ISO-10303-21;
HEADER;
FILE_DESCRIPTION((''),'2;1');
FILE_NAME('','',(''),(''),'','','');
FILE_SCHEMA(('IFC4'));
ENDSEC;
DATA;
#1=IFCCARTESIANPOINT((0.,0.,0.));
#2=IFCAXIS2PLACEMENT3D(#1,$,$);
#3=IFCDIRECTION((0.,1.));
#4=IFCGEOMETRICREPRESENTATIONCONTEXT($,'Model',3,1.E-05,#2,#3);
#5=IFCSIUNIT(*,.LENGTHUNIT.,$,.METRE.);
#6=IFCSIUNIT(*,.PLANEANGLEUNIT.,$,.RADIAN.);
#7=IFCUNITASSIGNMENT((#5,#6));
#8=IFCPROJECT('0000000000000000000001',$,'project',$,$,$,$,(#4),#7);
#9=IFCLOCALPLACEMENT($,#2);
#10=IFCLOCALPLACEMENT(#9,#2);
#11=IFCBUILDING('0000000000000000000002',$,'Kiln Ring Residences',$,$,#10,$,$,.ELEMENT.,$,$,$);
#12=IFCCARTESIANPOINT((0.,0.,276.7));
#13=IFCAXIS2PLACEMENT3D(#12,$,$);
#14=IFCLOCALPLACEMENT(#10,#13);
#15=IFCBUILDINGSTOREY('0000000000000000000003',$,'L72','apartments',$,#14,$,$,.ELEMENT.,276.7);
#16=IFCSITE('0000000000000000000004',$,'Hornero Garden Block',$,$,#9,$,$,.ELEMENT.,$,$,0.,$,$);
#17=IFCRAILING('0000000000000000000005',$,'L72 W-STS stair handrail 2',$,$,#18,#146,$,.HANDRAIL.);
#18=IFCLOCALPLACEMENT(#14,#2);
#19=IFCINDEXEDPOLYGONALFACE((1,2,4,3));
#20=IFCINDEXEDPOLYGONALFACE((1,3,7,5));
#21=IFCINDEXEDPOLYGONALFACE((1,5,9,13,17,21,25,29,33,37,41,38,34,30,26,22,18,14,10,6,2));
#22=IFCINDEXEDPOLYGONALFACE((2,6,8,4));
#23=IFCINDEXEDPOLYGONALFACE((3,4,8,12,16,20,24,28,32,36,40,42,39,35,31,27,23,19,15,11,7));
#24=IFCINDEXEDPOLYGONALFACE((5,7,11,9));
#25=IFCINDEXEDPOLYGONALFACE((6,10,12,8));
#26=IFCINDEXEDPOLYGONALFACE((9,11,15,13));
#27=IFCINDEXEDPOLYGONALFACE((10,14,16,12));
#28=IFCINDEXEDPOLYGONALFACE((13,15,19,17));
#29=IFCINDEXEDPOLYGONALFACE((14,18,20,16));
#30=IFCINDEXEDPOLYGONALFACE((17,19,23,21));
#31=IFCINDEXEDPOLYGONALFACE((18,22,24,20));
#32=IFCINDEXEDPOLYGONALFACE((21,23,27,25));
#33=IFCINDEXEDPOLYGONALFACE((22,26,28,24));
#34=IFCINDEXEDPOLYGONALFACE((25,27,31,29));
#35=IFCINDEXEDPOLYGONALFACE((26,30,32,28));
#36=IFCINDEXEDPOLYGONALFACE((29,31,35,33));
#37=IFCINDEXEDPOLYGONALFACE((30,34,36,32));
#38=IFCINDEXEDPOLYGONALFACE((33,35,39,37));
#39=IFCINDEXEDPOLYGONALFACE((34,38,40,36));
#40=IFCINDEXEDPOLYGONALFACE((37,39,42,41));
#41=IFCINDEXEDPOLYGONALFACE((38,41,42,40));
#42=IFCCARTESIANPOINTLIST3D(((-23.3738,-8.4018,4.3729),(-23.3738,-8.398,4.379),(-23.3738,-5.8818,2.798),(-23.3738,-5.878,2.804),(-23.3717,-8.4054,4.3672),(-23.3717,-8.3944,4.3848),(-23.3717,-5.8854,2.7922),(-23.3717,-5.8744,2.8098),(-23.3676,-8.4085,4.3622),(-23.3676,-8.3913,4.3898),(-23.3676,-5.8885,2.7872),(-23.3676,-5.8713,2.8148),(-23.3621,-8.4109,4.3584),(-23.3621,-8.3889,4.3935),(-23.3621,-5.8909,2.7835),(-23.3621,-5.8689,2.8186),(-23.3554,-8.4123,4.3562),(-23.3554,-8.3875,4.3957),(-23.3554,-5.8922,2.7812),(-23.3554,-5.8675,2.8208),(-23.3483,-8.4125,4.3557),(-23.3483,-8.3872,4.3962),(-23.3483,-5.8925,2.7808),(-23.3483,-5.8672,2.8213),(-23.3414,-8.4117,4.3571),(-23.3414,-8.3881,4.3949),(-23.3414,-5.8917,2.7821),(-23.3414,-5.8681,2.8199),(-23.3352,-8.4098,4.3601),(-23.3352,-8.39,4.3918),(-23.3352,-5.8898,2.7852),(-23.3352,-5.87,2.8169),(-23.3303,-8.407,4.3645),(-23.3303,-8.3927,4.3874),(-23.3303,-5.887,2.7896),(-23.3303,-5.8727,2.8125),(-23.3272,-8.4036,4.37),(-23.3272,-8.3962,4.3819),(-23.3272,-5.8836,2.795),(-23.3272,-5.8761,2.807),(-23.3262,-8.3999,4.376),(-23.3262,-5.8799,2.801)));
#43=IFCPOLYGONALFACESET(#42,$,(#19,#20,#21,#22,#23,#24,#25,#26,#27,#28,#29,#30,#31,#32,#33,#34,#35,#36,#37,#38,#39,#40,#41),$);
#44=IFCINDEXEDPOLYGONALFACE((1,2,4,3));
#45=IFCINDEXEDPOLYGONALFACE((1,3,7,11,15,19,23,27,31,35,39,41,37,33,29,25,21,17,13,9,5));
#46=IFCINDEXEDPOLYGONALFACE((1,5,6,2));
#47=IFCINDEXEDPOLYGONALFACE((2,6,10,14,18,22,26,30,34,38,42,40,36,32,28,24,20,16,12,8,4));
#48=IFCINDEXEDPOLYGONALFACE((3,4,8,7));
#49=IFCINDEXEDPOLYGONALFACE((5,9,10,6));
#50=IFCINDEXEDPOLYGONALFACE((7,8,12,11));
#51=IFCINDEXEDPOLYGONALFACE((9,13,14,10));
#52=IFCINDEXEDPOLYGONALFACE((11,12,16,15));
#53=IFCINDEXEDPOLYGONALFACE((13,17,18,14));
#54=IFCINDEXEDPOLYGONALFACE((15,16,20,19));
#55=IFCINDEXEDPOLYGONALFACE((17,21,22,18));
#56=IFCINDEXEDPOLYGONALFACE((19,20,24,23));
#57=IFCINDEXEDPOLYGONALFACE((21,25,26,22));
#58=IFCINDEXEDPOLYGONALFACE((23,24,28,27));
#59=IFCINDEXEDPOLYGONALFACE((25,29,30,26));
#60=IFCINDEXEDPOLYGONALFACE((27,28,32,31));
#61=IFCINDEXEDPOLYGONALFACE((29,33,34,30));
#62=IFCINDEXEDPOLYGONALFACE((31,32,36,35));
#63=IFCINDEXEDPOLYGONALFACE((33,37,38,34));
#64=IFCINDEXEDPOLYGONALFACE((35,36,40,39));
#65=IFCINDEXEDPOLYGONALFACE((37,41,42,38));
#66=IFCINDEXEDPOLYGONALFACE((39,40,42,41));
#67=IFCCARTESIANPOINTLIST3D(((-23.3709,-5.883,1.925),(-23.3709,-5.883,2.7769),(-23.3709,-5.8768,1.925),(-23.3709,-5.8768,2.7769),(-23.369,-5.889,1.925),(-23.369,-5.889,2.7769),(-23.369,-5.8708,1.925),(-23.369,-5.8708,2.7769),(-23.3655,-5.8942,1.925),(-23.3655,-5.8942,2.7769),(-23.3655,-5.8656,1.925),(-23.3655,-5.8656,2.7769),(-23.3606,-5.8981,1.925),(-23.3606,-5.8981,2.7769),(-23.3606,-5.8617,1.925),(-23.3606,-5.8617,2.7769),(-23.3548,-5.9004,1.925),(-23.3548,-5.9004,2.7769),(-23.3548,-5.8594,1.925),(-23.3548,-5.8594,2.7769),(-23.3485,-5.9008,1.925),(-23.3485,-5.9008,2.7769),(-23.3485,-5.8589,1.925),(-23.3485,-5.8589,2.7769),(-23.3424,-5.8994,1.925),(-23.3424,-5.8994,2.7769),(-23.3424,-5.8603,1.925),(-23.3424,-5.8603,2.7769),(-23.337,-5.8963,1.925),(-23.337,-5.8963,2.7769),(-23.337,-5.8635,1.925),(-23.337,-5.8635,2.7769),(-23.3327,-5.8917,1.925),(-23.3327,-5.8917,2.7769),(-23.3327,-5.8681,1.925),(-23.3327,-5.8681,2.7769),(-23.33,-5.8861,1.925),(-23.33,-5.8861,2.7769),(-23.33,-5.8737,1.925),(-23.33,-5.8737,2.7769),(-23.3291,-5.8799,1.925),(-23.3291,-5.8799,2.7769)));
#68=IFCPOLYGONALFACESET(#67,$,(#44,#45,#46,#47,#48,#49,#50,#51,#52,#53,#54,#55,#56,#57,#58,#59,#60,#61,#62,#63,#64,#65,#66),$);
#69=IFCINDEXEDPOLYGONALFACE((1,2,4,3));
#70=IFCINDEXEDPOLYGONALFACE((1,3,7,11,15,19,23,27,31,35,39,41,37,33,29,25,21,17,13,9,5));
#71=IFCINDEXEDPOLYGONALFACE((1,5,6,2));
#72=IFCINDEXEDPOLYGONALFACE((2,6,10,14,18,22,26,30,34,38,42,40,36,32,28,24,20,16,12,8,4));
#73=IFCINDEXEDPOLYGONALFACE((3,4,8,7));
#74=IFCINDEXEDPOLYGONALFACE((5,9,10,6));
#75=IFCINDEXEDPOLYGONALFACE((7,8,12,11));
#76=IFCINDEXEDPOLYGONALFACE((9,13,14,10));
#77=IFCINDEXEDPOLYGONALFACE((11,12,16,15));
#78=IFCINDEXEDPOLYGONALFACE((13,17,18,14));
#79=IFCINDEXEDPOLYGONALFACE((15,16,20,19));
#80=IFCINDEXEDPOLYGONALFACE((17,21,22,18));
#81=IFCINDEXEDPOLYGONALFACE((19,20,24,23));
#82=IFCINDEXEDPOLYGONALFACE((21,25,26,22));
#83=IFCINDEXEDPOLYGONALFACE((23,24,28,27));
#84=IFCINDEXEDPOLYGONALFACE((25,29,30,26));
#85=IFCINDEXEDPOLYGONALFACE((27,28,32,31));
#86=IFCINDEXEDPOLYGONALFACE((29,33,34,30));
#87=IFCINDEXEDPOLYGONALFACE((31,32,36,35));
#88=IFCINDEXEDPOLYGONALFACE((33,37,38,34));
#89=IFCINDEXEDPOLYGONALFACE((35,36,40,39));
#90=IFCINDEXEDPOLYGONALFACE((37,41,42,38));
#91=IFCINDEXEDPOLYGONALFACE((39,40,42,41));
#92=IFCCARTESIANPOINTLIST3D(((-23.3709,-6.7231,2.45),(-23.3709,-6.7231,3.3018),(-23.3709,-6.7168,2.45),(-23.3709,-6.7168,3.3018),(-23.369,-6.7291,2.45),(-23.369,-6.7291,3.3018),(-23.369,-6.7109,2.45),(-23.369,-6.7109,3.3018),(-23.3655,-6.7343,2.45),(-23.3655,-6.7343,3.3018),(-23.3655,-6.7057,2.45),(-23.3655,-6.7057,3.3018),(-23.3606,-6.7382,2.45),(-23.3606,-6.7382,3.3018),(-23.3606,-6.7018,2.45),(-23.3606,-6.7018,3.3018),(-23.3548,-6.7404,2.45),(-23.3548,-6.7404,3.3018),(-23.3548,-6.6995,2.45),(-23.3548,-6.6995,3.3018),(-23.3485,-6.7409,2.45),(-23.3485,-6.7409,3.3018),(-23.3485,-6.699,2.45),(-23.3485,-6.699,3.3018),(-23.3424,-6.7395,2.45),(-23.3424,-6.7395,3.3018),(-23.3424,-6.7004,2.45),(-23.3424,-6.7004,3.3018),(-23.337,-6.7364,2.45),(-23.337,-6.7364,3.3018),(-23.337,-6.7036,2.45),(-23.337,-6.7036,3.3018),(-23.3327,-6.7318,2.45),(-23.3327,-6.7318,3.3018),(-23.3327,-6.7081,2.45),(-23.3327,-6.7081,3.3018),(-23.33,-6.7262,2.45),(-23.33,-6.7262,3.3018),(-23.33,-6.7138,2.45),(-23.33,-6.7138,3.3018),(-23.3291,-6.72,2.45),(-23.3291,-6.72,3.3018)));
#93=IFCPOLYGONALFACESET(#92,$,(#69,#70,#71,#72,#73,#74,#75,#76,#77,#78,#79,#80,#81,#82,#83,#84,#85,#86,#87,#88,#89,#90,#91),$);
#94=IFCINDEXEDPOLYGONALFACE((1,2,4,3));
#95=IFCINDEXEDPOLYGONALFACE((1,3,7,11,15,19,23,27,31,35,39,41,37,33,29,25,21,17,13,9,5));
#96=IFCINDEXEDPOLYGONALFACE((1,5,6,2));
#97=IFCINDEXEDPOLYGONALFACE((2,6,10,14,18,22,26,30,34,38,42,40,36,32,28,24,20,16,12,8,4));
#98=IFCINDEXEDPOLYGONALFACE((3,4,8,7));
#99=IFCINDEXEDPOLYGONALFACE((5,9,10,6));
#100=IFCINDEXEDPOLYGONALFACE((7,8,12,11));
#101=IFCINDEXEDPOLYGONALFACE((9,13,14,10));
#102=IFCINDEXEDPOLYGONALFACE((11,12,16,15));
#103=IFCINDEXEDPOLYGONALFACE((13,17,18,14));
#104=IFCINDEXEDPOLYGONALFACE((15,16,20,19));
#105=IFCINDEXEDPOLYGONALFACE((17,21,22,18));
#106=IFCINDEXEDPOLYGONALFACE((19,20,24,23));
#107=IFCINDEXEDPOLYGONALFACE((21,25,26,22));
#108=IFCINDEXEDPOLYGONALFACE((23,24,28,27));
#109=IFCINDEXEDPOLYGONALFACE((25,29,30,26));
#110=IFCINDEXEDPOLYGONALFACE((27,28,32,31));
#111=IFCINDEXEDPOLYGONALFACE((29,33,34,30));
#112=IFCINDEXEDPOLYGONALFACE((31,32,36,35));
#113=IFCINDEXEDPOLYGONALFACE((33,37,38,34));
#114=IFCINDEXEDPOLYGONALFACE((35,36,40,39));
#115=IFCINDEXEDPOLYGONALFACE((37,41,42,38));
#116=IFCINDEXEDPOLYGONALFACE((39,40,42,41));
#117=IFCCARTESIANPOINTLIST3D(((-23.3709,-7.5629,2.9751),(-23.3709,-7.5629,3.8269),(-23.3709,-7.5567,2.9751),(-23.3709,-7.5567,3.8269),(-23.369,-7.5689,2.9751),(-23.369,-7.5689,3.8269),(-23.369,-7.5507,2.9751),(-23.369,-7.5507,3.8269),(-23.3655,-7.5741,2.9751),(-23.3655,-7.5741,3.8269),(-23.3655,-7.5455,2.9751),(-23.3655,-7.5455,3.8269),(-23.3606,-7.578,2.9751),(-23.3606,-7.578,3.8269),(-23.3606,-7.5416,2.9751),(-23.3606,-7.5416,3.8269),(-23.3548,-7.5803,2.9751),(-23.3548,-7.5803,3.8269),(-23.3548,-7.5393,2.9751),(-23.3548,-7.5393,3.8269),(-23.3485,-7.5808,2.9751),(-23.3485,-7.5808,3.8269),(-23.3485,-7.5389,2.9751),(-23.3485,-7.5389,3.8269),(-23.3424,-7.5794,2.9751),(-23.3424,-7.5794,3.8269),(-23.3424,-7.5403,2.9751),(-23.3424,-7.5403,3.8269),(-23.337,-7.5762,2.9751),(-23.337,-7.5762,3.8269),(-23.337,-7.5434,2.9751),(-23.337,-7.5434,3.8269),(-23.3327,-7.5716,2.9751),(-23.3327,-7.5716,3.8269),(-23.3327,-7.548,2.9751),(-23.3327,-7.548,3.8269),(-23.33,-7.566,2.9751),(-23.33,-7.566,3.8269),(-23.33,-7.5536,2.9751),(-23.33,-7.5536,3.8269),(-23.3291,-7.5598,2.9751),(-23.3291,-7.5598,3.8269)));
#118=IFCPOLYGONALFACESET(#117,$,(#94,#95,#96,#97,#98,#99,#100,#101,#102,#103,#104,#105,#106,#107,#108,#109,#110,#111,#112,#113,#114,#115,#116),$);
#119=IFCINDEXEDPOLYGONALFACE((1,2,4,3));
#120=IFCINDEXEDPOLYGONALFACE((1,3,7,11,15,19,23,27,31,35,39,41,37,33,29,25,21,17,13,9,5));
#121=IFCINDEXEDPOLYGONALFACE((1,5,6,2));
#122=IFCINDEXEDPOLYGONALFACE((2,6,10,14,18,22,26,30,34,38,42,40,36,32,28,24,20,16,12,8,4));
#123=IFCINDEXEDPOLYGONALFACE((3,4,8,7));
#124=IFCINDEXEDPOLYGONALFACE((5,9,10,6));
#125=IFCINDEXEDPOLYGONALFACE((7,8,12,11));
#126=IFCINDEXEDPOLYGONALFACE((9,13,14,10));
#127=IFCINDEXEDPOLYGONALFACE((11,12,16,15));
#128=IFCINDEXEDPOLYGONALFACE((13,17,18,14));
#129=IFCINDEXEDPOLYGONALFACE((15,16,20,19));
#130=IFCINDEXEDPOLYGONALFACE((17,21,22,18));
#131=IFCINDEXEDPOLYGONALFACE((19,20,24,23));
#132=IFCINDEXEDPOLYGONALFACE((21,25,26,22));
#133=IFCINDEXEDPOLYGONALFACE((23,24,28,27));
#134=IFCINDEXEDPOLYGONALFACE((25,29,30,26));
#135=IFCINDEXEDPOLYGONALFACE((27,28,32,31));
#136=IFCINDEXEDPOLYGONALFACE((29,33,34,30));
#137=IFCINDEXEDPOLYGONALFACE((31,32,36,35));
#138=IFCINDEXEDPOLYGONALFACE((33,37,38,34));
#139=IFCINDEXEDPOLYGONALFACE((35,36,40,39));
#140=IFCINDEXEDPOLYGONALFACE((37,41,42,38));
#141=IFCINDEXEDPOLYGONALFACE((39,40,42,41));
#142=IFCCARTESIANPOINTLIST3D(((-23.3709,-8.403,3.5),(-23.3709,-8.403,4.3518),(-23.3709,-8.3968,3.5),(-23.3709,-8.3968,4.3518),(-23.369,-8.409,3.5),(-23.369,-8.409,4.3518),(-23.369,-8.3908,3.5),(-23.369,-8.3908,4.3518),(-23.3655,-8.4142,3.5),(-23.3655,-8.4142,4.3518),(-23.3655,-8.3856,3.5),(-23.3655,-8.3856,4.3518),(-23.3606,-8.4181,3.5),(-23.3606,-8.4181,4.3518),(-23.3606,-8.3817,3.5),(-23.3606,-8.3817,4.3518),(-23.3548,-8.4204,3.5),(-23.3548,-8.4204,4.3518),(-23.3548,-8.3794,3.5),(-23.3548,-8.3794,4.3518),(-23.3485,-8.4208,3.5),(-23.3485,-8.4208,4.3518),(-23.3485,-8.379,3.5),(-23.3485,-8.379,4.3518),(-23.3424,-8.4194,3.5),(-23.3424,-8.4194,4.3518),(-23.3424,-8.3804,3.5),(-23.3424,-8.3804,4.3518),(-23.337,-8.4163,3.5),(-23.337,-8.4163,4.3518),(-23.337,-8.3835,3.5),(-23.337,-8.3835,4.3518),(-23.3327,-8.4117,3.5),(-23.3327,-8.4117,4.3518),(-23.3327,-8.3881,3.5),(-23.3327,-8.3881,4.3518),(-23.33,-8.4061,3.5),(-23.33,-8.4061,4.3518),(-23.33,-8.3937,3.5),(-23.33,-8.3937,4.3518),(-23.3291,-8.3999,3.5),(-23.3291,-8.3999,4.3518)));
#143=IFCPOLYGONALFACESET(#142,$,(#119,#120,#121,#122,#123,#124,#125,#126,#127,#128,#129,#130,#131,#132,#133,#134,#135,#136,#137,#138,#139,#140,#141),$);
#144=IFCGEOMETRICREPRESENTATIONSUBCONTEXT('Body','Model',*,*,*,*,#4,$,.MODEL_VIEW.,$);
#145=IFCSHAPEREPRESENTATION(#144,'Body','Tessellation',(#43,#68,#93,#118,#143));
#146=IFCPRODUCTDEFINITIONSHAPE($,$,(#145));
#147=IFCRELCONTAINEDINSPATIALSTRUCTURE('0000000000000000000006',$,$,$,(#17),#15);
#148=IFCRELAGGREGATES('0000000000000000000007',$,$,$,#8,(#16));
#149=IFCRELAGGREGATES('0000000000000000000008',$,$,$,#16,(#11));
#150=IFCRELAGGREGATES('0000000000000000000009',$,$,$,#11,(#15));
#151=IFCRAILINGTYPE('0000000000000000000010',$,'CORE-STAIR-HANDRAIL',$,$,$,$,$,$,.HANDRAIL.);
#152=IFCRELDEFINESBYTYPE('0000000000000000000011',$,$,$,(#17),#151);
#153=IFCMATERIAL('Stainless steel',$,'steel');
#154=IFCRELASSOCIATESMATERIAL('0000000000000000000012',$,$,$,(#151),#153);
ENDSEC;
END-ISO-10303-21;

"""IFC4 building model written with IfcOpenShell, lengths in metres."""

from ifc_helpers import new_model, si_unit, direction, frame, origin, origin_2d, place, context, subcontext, project, spatial, circle, extrude, material, type_object, element, save


model = new_model("IFC4")

# Units and contexts
model_context = context("Model", 3, precision=1e-05, world=origin(), true_north=direction((0.0, 1.0)))
body_context = subcontext(model_context, "Body", "Model", "MODEL_VIEW")
ifc_project = project(units=[si_unit("LENGTHUNIT", "METRE"), si_unit("PLANEANGLEUNIT", "RADIAN")], contexts=[model_context])

# Site, building, storey
site_placement = place(None, origin())
site = spatial("IfcSite", under=ifc_project, at=site_placement, Name="Hornero Garden Block", CompositionType="ELEMENT", RefElevation=0.0)
building_placement = place(site_placement, origin())
building = spatial("IfcBuilding", under=site, at=building_placement, Name="Kiln Ring Residences", CompositionType="ELEMENT")
storey_placement = place(building_placement, frame((0.0, 0.0, 276.7)))
storey = spatial("IfcBuildingStorey", under=building, at=storey_placement, Name="L72", Description="apartments", CompositionType="ELEMENT", Elevation=276.7)

# Railing
ifc_material_1 = material(Name="Stainless steel", Category="steel")
railing_type_1 = type_object("IfcRailingType", Name="CORE-STAIR-HANDRAIL", PredefinedType="HANDRAIL", material=ifc_material_1)
railing_1_placement = place(storey_placement, frame((-23.3501, -5.8799, 1.925)))
element("IfcRailing", 1, at=railing_1_placement, inside=storey, type_object=railing_type_1, Name="L72 W-STS stair handrail 2", PredefinedType="HANDRAIL", context=body_context, shape_type="SweptSolid", body=[
    extrude(circle(Radius=0.0239, at=origin_2d()), frame((0.0, 0.0, 0.876), z_axis=(0.0, -0.848008, 0.529984), x_axis=(1.0, 0.0, 0.0)), (0.0, 0.0, 1.0), 2.9717),
    extrude(circle(Radius=0.021, at=origin_2d()), origin(), (0.0, 0.0, 1.0), 0.8518),
    extrude(circle(Radius=0.021, at=origin_2d()), frame((0.0, -0.8401, 0.5249)), (0.0, 0.0, 1.0), 0.8518),
    extrude(circle(Radius=0.021, at=origin_2d()), frame((0.0, -1.6799, 1.05)), (0.0, 0.0, 1.0), 0.8518),
    extrude(circle(Radius=0.021, at=origin_2d()), frame((0.0, -2.52, 1.575)), (0.0, 0.0, 1.0), 0.8518),
])

save(model, "model.ifc")
